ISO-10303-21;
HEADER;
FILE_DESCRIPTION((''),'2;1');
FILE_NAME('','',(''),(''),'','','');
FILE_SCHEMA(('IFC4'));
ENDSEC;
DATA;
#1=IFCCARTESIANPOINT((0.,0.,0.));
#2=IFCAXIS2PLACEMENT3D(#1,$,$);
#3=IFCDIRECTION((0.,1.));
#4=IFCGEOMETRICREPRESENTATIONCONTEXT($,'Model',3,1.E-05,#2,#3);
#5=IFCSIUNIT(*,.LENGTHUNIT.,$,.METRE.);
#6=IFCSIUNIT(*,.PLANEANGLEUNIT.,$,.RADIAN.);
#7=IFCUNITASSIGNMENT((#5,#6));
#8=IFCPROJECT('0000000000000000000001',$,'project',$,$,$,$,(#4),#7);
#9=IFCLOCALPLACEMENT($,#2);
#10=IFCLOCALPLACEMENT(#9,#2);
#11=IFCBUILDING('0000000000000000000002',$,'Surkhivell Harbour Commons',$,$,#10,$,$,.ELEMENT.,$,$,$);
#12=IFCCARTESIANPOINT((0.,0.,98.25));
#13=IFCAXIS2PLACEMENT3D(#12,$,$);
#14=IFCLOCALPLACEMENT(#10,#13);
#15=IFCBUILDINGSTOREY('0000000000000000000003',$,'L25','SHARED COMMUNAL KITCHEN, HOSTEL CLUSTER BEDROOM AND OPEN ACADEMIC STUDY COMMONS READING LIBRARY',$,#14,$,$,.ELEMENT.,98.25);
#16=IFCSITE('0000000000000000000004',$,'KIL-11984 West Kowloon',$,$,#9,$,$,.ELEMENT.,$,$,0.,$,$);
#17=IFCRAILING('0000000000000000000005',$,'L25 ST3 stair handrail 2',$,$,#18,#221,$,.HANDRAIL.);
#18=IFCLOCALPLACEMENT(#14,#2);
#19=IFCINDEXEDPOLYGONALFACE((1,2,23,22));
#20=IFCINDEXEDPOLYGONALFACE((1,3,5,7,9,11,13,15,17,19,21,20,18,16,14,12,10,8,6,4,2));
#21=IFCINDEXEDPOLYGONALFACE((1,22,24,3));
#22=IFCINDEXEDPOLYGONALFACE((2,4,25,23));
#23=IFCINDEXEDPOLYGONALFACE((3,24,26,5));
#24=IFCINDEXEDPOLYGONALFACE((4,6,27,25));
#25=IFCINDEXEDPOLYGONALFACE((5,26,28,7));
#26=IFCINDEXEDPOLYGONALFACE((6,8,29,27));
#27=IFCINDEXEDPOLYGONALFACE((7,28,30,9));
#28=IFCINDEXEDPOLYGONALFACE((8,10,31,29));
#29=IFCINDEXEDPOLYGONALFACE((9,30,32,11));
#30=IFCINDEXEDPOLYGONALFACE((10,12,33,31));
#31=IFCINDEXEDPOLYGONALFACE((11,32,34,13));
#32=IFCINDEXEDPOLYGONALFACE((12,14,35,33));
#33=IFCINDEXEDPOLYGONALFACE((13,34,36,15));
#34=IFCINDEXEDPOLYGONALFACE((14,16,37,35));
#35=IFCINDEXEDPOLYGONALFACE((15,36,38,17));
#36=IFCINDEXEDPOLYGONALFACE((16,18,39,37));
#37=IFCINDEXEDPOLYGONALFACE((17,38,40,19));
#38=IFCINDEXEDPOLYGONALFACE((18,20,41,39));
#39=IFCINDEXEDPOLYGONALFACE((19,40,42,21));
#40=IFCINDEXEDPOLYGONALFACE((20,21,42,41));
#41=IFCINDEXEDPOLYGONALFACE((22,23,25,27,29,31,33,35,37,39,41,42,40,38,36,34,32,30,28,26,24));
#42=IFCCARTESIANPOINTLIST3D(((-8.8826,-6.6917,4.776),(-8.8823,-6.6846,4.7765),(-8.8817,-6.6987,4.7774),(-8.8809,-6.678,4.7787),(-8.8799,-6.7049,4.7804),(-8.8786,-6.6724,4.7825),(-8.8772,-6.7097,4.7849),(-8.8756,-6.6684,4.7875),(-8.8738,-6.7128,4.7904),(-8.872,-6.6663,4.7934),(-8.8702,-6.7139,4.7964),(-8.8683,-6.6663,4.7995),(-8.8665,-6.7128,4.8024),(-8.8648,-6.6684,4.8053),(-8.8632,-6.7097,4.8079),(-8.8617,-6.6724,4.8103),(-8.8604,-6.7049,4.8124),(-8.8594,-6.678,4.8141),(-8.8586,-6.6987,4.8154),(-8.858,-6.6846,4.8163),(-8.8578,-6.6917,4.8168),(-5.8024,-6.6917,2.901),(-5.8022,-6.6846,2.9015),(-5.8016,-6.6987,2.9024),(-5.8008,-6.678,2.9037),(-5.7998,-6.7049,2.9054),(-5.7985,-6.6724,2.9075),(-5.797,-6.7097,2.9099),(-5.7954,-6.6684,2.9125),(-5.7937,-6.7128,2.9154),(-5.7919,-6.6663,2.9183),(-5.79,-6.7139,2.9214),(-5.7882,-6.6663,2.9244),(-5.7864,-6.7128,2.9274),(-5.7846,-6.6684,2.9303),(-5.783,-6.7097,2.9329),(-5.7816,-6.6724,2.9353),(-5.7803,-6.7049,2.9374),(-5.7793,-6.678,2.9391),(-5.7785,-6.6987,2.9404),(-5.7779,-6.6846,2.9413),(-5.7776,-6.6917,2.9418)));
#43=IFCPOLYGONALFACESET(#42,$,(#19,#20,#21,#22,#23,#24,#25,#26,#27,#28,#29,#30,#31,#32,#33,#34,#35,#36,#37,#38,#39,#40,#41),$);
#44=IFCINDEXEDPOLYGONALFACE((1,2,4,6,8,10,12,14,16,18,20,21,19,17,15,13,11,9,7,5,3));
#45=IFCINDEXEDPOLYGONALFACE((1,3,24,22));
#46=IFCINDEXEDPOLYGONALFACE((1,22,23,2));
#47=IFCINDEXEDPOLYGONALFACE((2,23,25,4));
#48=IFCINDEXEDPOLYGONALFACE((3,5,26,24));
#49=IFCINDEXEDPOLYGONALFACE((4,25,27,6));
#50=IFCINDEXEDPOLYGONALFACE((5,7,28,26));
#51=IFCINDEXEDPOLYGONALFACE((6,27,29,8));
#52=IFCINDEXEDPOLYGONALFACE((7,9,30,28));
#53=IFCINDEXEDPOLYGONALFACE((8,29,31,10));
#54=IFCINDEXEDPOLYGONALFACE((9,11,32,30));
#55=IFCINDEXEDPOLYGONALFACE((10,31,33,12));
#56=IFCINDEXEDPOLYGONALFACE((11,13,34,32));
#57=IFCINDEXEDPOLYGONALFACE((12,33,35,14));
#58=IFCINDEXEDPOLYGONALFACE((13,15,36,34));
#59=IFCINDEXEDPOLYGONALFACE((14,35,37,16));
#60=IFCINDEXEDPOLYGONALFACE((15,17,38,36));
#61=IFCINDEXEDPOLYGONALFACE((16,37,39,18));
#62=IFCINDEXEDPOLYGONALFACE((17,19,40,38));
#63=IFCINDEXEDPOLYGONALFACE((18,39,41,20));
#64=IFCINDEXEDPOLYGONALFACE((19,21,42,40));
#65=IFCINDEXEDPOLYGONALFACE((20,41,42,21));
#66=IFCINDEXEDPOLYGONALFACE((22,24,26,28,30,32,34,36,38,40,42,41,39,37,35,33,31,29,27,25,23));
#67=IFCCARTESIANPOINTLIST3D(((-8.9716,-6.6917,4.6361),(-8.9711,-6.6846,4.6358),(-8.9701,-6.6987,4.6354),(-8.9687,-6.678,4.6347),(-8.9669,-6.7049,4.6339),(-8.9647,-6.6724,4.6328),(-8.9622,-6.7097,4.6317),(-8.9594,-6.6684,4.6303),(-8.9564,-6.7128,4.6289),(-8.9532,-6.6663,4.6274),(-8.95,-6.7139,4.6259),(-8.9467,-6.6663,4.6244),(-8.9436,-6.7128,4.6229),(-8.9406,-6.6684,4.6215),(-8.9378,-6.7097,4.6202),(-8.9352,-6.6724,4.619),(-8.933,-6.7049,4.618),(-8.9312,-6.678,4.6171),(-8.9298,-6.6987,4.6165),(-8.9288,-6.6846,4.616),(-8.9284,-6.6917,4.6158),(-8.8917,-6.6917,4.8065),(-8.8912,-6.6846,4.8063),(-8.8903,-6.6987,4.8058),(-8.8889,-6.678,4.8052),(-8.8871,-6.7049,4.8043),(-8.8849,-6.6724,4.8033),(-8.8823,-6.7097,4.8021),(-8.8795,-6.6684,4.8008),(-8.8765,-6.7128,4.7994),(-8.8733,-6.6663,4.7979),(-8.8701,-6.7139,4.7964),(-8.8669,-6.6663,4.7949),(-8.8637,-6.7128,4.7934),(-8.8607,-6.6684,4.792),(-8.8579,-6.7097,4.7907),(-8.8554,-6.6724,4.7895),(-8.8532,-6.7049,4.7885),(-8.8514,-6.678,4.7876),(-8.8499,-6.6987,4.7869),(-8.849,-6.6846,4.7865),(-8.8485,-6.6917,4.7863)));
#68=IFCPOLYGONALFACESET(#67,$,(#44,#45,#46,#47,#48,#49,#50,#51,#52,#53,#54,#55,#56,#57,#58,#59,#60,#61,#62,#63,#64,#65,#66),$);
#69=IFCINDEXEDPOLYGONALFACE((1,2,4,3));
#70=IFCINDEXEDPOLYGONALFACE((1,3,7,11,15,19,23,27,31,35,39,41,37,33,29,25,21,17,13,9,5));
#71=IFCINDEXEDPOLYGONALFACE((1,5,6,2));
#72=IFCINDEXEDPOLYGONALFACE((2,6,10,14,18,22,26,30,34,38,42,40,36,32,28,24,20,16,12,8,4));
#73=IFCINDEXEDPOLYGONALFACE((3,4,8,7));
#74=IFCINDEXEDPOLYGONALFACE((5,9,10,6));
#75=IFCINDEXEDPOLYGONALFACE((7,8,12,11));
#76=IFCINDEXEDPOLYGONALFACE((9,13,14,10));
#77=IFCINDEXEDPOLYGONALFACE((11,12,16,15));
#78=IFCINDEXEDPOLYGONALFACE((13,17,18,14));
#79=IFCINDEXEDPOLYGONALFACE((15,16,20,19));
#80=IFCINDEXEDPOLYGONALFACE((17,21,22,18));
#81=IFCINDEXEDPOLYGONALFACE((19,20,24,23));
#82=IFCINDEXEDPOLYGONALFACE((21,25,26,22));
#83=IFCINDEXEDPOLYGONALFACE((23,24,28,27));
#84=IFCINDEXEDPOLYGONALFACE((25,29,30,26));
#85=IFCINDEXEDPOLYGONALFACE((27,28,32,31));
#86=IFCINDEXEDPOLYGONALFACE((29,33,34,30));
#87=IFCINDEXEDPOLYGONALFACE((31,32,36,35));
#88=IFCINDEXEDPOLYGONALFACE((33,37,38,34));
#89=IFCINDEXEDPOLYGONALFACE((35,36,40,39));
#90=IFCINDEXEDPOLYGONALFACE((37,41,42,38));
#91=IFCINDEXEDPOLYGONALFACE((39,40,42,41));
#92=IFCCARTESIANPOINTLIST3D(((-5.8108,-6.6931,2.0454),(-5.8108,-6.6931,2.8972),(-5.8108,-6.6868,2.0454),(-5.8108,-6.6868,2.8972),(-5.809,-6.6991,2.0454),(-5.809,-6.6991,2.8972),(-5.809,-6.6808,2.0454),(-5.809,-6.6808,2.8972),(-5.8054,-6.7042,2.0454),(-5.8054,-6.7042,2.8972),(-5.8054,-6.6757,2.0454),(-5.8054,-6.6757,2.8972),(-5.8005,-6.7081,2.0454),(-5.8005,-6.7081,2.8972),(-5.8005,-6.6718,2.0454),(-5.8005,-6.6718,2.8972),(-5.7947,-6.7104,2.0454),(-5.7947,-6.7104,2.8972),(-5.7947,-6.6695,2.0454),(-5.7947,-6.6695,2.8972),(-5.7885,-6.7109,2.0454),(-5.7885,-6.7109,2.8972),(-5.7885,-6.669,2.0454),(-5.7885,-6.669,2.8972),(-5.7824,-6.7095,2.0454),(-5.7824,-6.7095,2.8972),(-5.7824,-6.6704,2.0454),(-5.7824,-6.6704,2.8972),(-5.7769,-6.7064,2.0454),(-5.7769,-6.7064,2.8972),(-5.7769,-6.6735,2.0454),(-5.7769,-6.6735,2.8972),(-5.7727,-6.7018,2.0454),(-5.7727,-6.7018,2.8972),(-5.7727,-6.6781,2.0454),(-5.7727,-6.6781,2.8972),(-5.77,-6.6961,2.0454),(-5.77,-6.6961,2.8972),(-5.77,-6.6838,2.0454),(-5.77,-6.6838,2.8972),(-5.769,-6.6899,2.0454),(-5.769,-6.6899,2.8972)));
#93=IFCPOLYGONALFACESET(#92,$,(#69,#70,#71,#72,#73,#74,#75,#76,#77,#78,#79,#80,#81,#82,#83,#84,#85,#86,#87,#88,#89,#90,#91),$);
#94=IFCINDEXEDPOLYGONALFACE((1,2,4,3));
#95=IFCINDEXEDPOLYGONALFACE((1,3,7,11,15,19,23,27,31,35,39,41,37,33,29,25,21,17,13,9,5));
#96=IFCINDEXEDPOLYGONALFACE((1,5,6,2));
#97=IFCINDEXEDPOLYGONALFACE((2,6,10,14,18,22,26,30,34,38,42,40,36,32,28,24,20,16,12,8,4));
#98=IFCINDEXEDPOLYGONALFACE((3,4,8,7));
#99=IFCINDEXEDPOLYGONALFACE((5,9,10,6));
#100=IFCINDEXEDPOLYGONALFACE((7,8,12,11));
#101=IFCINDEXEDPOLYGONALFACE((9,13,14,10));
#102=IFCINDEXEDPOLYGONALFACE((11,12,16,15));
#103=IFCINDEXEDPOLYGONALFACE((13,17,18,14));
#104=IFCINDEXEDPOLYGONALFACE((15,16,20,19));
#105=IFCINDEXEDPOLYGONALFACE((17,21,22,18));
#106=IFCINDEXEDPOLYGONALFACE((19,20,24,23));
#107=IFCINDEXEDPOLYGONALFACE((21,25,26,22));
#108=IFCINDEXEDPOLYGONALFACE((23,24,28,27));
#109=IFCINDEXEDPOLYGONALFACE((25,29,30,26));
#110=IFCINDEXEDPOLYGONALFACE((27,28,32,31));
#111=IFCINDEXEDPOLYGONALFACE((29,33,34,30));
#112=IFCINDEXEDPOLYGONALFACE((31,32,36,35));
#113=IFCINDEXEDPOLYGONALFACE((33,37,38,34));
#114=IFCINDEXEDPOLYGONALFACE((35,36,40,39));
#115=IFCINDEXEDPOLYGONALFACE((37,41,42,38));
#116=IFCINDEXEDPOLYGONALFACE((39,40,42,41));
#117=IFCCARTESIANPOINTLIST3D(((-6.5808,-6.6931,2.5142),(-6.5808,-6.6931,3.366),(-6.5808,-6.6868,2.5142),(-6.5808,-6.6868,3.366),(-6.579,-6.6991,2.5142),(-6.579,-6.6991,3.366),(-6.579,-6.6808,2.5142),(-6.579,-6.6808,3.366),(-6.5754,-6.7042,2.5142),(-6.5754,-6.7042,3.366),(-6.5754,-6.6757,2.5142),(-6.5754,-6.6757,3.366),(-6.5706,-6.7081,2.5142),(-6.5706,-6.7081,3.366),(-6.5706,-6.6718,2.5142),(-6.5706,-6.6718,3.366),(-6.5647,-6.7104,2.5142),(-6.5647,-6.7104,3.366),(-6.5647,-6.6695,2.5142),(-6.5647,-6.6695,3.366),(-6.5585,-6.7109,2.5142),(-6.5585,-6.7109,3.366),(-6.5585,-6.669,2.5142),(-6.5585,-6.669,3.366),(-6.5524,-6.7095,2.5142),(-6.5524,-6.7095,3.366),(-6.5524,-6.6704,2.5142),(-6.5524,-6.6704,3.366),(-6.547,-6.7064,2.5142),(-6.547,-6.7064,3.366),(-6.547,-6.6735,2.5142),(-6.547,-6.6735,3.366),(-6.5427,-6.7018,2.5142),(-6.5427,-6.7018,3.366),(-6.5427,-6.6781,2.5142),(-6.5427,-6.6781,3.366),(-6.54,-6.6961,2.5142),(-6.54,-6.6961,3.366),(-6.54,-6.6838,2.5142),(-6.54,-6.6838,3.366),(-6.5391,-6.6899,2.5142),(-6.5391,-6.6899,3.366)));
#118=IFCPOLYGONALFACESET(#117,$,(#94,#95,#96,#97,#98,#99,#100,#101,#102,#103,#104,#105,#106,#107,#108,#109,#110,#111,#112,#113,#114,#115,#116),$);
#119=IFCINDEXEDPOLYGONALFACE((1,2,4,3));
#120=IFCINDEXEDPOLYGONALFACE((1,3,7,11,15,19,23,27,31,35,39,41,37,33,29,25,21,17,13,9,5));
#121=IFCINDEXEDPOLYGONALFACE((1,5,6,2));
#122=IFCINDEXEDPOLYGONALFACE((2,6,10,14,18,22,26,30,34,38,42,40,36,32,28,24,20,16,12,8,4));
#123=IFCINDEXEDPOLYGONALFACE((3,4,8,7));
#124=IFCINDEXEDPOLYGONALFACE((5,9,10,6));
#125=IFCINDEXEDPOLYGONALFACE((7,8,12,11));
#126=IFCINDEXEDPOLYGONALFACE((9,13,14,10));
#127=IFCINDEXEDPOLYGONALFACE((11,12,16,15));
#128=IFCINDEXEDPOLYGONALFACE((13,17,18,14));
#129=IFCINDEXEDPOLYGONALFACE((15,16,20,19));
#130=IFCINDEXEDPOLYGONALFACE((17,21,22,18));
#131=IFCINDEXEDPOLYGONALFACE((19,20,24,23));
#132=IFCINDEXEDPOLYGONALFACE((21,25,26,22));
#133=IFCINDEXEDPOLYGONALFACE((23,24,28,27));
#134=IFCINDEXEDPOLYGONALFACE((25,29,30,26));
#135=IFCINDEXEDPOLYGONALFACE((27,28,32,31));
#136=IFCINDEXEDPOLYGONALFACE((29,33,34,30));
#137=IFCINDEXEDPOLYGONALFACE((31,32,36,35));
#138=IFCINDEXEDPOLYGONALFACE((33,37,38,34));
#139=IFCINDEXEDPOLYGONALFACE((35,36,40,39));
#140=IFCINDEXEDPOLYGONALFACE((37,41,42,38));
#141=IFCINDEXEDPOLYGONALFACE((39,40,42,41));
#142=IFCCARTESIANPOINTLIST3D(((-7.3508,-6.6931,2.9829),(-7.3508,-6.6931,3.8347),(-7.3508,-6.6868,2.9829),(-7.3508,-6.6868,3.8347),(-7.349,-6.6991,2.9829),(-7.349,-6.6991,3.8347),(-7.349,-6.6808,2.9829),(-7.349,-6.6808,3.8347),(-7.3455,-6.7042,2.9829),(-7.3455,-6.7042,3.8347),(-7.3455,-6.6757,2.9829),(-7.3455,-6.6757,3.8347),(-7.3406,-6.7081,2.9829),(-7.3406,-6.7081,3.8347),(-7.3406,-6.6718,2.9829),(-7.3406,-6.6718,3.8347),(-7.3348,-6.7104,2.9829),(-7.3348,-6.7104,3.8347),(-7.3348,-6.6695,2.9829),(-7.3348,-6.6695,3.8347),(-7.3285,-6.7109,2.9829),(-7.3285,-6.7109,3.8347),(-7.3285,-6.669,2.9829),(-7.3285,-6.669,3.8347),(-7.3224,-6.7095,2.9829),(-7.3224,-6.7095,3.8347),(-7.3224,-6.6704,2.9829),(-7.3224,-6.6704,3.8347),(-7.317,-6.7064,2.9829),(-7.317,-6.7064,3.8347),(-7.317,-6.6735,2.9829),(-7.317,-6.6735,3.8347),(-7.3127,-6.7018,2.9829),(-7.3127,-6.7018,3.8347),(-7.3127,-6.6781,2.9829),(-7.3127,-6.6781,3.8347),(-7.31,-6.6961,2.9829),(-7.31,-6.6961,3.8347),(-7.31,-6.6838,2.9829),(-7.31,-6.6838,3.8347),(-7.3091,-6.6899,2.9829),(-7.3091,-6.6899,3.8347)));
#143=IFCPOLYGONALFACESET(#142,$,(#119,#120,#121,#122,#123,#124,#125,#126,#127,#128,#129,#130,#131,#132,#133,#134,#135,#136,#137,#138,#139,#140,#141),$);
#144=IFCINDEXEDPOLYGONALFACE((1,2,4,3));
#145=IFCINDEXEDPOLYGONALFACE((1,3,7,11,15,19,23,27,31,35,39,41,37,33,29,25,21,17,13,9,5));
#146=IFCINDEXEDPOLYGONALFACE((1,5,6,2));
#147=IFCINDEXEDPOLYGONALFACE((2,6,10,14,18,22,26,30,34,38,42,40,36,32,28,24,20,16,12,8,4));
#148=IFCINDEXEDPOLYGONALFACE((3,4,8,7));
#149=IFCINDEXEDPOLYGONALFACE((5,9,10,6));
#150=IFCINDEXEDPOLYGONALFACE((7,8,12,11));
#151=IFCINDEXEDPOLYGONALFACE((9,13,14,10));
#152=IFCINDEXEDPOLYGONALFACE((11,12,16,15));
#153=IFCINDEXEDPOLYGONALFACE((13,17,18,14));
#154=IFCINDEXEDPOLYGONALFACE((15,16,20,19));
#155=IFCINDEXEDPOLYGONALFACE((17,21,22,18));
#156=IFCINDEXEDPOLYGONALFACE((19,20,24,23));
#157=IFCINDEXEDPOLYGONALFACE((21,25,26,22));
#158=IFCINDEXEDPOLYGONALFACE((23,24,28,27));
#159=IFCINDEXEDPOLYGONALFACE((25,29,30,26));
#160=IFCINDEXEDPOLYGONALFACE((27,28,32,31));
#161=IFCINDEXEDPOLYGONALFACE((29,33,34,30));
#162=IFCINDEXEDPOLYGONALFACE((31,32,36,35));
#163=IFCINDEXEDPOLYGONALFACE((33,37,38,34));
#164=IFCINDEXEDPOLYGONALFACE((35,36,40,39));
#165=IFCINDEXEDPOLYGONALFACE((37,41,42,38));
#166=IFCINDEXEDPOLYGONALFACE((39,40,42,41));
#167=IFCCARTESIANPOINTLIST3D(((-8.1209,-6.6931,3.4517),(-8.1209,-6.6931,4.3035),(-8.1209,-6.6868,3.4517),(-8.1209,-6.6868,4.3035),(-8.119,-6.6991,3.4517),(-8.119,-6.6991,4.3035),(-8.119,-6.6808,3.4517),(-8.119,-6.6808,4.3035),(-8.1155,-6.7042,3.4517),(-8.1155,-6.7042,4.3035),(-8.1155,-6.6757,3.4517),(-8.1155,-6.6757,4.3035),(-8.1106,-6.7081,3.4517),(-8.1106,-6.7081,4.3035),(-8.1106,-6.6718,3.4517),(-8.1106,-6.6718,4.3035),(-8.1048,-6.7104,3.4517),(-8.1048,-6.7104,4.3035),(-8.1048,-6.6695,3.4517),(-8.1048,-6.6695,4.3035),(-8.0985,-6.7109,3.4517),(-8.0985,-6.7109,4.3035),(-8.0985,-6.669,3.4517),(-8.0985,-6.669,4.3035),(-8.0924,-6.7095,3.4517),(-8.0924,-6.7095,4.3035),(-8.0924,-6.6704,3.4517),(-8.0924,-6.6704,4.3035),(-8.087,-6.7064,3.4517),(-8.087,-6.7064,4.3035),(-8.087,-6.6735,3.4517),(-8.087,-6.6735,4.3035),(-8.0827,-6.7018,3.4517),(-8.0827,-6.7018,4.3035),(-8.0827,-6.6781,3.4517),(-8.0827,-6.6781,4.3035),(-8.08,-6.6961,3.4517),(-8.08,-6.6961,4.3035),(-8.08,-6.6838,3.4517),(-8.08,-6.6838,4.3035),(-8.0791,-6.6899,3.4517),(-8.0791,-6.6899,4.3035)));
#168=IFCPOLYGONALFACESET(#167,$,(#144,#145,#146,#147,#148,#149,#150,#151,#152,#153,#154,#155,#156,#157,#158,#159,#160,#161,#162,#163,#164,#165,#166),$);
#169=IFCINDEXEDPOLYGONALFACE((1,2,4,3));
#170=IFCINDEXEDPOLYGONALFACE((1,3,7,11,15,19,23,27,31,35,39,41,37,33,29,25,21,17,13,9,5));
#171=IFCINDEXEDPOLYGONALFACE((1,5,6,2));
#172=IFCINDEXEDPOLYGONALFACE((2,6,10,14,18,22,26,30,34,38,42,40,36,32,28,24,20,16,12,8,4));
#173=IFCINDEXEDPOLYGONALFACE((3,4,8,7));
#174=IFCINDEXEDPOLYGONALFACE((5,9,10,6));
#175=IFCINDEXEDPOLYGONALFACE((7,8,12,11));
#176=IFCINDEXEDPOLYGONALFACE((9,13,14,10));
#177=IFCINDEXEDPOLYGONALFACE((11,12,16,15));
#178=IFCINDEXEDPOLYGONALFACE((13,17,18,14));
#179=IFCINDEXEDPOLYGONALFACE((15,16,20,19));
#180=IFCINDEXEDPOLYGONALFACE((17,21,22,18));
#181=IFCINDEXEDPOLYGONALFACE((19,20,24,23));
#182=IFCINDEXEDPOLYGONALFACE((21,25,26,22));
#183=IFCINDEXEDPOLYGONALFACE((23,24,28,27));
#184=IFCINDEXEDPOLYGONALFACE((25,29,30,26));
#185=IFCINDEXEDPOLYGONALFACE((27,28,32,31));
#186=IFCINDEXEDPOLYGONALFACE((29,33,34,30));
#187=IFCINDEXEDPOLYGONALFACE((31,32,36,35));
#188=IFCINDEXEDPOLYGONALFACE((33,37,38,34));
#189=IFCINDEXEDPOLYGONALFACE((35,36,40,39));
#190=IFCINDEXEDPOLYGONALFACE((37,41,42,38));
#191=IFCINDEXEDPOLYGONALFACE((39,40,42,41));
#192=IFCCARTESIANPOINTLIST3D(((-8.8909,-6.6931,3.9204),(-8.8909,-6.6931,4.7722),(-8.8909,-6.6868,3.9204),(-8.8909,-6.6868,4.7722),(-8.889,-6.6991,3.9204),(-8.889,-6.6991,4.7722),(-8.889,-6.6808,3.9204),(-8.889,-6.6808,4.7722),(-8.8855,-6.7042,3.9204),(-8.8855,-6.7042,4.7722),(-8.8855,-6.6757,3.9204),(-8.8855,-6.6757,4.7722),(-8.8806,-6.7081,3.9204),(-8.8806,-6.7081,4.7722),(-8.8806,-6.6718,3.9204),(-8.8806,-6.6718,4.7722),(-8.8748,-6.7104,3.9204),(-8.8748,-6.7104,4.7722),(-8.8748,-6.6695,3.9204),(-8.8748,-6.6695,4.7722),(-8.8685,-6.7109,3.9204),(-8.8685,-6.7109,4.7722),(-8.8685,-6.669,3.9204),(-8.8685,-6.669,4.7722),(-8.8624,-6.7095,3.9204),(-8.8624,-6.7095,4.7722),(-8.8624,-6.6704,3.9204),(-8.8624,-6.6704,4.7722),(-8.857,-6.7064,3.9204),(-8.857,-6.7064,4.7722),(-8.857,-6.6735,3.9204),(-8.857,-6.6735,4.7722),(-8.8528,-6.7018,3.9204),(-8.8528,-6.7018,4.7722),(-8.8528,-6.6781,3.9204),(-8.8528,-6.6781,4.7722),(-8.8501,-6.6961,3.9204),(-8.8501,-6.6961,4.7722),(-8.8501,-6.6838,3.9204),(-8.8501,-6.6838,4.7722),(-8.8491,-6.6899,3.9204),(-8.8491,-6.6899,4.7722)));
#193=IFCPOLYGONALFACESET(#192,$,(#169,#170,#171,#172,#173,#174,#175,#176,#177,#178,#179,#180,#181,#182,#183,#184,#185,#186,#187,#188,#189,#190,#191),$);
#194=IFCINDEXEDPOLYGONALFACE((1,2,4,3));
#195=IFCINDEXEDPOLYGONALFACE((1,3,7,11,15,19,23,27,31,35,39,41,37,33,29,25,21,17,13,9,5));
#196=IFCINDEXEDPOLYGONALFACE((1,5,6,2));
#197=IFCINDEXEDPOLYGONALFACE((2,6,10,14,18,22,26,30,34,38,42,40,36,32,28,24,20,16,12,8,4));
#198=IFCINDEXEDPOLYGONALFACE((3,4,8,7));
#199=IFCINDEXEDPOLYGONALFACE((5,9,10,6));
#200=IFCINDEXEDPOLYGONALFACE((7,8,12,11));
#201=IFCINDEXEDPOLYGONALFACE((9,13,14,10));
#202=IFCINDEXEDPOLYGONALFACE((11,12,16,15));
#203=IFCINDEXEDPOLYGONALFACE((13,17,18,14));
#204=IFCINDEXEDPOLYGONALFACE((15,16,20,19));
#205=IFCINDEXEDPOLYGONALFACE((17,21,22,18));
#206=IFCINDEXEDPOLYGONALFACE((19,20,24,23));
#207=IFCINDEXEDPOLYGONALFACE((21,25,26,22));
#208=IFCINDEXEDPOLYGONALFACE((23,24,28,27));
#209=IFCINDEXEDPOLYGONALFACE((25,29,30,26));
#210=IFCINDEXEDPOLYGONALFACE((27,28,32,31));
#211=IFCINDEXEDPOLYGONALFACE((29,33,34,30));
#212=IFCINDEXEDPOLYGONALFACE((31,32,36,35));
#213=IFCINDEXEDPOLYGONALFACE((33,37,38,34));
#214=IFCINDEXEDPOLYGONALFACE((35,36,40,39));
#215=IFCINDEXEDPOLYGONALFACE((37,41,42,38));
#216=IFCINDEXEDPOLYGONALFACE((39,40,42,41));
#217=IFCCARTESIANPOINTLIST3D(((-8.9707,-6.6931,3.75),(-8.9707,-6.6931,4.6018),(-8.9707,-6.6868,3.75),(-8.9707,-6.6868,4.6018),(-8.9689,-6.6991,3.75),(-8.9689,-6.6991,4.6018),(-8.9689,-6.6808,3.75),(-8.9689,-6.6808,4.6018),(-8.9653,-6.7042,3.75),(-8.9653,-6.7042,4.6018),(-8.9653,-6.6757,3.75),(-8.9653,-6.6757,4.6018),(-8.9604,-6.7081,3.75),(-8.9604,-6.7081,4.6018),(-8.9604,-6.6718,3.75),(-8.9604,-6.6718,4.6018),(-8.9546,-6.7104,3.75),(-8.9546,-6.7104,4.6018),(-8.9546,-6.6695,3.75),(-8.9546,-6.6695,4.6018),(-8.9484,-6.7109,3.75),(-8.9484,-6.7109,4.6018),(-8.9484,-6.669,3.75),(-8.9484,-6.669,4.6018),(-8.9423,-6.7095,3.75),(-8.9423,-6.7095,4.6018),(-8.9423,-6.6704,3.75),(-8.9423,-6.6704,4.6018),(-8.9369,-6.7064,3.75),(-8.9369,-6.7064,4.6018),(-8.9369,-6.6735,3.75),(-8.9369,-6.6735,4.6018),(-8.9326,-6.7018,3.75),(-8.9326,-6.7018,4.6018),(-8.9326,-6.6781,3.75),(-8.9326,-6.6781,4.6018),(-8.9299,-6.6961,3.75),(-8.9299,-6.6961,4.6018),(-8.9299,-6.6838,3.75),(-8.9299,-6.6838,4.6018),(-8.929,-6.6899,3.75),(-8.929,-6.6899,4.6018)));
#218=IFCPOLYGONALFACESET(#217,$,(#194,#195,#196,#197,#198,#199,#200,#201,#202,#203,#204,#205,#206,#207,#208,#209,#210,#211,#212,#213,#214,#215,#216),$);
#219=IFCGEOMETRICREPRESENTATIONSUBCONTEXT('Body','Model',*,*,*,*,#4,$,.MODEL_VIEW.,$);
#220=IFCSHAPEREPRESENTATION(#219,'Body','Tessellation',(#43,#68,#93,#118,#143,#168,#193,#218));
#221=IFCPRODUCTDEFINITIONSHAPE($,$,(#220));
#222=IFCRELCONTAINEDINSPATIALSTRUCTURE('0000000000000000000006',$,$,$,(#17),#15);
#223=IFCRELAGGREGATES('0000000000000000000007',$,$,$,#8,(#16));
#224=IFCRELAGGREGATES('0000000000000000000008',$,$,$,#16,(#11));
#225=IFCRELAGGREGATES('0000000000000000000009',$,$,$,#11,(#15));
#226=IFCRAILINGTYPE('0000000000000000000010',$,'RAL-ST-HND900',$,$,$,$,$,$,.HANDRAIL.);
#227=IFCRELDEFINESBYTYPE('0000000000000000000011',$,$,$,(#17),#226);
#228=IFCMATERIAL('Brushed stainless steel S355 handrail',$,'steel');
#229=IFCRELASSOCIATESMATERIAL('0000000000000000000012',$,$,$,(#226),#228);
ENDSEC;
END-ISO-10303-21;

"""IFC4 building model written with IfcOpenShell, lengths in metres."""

from ifc_helpers import new_model, si_unit, direction, frame, origin, origin_2d, place, context, subcontext, project, spatial, circle, extrude, material, type_object, element, save


model = new_model("IFC4")

# Units and contexts
model_context = context("Model", 3, precision=1e-05, world=origin(), true_north=direction((0.0, 1.0)))
body_context = subcontext(model_context, "Body", "Model", "MODEL_VIEW")
ifc_project = project(units=[si_unit("LENGTHUNIT", "METRE"), si_unit("PLANEANGLEUNIT", "RADIAN")], contexts=[model_context])

# Site, building, storey
site_placement = place(None, origin())
site = spatial("IfcSite", under=ifc_project, at=site_placement, Name="KIL-11984 West Kowloon", CompositionType="ELEMENT", RefElevation=0.0)
building_placement = place(site_placement, origin())
building = spatial("IfcBuilding", under=site, at=building_placement, Name="Surkhivell Harbour Commons", CompositionType="ELEMENT")
storey_placement = place(building_placement, frame((0.0, 0.0, 98.25)))
storey = spatial("IfcBuildingStorey", under=building, at=storey_placement, Name="L25", Description="SHARED COMMUNAL KITCHEN, HOSTEL CLUSTER BEDROOM AND OPEN ACADEMIC STUDY COMMONS READING LIBRARY", CompositionType="ELEMENT", Elevation=98.25)

# Railing
ifc_material_1 = material(Name="Brushed stainless steel S355 handrail", Category="steel")
railing_type_1 = type_object("IfcRailingType", Name="RAL-ST-HND900", PredefinedType="HANDRAIL", material=ifc_material_1)
railing_1_placement = place(storey_placement, frame((-5.79, -6.6899, 2.0454)))
element("IfcRailing", 1, at=railing_1_placement, inside=storey, type_object=railing_type_1, Name="L25 ST3 stair handrail 2", PredefinedType="HANDRAIL", context=body_context, shape_type="SweptSolid", body=[
    extrude(circle(Radius=0.0239, at=origin_2d()), frame((0.0, 0.0, 0.876), z_axis=(-0.854178, 0.0, 0.519981), x_axis=(0.0, -1.0, 0.0)), (0.0, 0.0, 1.0), 3.606),
    extrude(circle(Radius=0.0239, at=origin_2d()), frame((-3.0801, 0.0, 2.751), z_axis=(-0.424234, 0.0, -0.905552), x_axis=(0.0, -1.0, 0.0)), (0.0, 0.0, 1.0), 0.1882),
    extrude(circle(Radius=0.021, at=origin_2d()), origin(), (0.0, 0.0, 1.0), 0.8518),
    extrude(circle(Radius=0.021, at=origin_2d()), frame((-0.77, 0.0, 0.4688)), (0.0, 0.0, 1.0), 0.8518),
    extrude(circle(Radius=0.021, at=origin_2d()), frame((-1.54, 0.0, 0.9375)), (0.0, 0.0, 1.0), 0.8518),
    extrude(circle(Radius=0.021, at=origin_2d()), frame((-2.3101, 0.0, 1.4062)), (0.0, 0.0, 1.0), 0.8518),
    extrude(circle(Radius=0.021, at=origin_2d()), frame((-3.0801, 0.0, 1.875)), (0.0, 0.0, 1.0), 0.8518),
    extrude(circle(Radius=0.021, at=origin_2d()), frame((-3.1599, 0.0, 1.7046)), (0.0, 0.0, 1.0), 0.8518),
])

save(model, "model.ifc")
